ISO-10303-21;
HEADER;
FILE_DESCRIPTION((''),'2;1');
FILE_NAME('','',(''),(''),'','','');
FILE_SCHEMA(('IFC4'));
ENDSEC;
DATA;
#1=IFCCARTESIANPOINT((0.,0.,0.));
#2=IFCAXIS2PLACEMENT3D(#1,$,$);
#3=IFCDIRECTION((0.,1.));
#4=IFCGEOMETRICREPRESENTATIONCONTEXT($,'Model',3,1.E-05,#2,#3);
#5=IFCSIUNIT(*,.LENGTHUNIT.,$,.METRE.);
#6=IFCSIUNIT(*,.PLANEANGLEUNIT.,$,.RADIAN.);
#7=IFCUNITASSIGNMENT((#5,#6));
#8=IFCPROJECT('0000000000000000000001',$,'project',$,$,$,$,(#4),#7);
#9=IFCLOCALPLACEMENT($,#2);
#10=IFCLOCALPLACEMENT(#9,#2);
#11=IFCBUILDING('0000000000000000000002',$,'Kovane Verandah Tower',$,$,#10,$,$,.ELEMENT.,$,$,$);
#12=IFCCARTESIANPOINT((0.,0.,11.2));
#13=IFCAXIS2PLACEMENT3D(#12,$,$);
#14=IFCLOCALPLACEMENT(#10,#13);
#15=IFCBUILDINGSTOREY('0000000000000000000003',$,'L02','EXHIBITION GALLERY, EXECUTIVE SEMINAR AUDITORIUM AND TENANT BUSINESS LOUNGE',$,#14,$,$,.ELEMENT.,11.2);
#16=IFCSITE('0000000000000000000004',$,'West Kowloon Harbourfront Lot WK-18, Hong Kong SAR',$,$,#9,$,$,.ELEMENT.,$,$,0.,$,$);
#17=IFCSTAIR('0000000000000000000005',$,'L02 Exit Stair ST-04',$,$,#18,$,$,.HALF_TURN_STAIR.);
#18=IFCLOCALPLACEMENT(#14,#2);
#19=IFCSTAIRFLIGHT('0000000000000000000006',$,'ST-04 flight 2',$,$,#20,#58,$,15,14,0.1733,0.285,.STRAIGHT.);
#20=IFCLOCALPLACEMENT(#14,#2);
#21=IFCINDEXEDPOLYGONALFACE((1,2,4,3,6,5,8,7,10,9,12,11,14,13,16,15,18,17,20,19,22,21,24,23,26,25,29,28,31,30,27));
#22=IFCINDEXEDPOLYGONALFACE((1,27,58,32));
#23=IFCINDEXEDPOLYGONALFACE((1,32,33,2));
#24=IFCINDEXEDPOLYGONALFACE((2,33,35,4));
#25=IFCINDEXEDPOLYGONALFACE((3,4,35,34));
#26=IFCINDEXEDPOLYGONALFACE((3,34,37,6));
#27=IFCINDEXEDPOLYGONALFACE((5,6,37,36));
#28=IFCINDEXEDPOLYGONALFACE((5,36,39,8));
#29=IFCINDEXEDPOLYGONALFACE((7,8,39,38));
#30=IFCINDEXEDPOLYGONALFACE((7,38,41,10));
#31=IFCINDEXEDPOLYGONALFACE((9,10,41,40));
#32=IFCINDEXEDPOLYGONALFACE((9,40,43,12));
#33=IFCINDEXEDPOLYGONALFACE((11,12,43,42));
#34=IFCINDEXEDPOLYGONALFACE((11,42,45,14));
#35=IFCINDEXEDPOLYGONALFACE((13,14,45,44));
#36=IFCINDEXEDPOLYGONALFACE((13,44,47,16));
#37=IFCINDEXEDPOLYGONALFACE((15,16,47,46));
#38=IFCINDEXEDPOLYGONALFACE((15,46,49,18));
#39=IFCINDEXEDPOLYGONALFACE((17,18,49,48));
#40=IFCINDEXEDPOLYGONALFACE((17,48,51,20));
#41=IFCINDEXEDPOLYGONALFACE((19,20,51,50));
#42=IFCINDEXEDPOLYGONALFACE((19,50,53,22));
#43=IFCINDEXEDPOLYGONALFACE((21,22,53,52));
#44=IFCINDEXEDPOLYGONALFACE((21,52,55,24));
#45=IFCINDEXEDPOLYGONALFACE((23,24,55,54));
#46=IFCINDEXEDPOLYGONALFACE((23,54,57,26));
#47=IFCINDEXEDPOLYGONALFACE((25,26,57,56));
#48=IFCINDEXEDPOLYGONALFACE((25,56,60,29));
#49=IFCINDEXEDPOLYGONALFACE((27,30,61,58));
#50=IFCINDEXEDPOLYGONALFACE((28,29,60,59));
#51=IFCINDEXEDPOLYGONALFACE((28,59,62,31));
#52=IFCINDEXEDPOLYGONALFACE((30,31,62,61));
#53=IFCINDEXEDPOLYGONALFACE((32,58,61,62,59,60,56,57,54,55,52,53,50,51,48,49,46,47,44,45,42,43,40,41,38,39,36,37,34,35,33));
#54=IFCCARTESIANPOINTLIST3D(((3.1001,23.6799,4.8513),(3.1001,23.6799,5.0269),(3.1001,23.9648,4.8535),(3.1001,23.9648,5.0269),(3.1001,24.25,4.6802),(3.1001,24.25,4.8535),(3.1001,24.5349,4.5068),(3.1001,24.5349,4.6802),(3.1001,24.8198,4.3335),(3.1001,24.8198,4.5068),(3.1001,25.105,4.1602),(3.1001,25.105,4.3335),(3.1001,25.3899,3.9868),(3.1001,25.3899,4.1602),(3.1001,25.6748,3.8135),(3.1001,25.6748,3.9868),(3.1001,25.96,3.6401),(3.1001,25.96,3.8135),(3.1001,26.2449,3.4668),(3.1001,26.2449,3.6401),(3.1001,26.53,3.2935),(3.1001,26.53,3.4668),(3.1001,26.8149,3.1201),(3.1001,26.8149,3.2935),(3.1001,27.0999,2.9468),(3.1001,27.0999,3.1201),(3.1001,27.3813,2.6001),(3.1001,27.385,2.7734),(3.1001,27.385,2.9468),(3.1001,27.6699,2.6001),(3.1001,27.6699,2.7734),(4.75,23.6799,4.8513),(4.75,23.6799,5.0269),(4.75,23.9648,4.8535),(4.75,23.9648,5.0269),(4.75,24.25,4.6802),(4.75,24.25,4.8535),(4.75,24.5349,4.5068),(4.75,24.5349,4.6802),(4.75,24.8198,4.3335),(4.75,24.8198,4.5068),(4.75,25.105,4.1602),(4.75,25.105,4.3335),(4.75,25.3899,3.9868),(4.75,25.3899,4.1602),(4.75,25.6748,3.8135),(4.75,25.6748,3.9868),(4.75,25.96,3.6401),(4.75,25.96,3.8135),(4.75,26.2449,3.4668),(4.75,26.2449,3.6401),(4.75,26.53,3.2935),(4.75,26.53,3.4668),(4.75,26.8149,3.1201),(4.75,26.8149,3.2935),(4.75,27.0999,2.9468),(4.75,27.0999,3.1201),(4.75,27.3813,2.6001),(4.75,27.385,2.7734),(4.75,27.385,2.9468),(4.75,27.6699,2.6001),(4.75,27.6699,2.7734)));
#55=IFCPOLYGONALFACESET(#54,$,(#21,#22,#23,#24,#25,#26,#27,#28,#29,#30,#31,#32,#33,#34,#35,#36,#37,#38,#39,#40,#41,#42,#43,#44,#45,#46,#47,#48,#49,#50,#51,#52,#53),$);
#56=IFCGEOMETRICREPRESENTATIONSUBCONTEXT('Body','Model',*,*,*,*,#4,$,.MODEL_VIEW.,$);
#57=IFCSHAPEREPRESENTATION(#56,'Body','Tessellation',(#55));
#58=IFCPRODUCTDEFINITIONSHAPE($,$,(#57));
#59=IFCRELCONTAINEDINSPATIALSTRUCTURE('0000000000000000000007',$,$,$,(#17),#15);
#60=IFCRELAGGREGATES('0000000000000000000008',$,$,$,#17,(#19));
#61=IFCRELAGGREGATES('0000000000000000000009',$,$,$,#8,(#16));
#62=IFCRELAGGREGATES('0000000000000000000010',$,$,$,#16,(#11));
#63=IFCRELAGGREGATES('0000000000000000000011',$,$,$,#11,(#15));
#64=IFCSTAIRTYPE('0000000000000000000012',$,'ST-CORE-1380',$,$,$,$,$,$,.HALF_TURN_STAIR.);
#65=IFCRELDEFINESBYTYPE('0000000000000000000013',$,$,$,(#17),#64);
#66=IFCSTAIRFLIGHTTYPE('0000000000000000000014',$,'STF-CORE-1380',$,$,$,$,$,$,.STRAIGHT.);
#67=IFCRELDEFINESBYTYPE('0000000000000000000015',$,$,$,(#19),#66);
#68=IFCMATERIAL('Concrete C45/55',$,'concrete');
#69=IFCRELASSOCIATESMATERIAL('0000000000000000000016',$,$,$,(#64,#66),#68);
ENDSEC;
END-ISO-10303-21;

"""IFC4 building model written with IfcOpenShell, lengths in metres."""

from ifc_helpers import new_model, si_unit, direction, frame, origin, place, context, subcontext, project, spatial, polyline, outline, extrude, material, type_object, element, aggregate, save


model = new_model("IFC4")

# Units and contexts
model_context = context("Model", 3, precision=1e-05, world=origin(), true_north=direction((0.0, 1.0)))
body_context = subcontext(model_context, "Body", "Model", "MODEL_VIEW")
ifc_project = project(units=[si_unit("LENGTHUNIT", "METRE"), si_unit("PLANEANGLEUNIT", "RADIAN")], contexts=[model_context])

# Site, building, storey
site_placement = place(None, origin())
site = spatial("IfcSite", under=ifc_project, at=site_placement, Name="West Kowloon Harbourfront Lot WK-18, Hong Kong SAR", CompositionType="ELEMENT", RefElevation=0.0)
building_placement = place(site_placement, origin())
building = spatial("IfcBuilding", under=site, at=building_placement, Name="Kovane Verandah Tower", CompositionType="ELEMENT")
storey_placement = place(building_placement, frame((0.0, 0.0, 11.2)))
storey = spatial("IfcBuildingStorey", under=building, at=storey_placement, Name="L02", Description="EXHIBITION GALLERY, EXECUTIVE SEMINAR AUDITORIUM AND TENANT BUSINESS LOUNGE", CompositionType="ELEMENT", Elevation=11.2)

# Shared definitions
ifc_material_1 = material(Name="Concrete C45/55", Category="concrete")

# Stair, stair flight
stair_type = type_object("IfcStairType", Name="ST-CORE-1380", PredefinedType="HALF_TURN_STAIR", material=ifc_material_1)
stair_placement = place(storey_placement, origin())
stair = element("IfcStair", 1, at=stair_placement, inside=storey, type_object=stair_type, Name="L02 Exit Stair ST-04", PredefinedType="HALF_TURN_STAIR")
stair_flight_type = type_object("IfcStairFlightType", Name="STF-CORE-1380", PredefinedType="STRAIGHT", material=ifc_material_1)
stair_flight_placement = place(storey_placement, frame((3.925, 27.6699, 2.6001), z_axis=(0.0, 0.0, 1.0), x_axis=(0.0, -1.0, 0.0)))
stair_flight = element("IfcStairFlight", 2, at=stair_flight_placement, type_object=stair_flight_type, Name="ST-04 flight 2", NumberOfRisers=15, NumberOfTreads=14, PredefinedType="STRAIGHT", RiserHeight=0.1733, TreadLength=0.285, context=body_context, shape_type="SweptSolid", body=[
    extrude(outline(polyline([(0.0, 0.0), (0.0, 0.1733), (0.2849, 0.1733), (0.2849, 0.3467), (0.5701, 0.3467), (0.5701, 0.52), (0.855, 0.52), (0.855, 0.6934), (1.1399, 0.6934), (1.1399, 0.8667), (1.425, 0.8667), (1.425, 1.04), (1.71, 1.04), (1.71, 1.2134), (1.9951, 1.2134), (1.9951, 1.3867), (2.28, 1.3867), (2.28, 1.5601), (2.5649, 1.5601), (2.5649, 1.7334), (2.8501, 1.7334), (2.8501, 1.9067), (3.135, 1.9067), (3.135, 2.0801), (3.4199, 2.0801), (3.4199, 2.2534), (3.7051, 2.2534), (3.7051, 2.4268), (3.99, 2.4268), (3.99, 2.6001), (3.99, 2.2512), (0.2886, 0.0), (0.0, 0.0)])), frame((0.0, 0.825, 0.0), z_axis=(0.0, -1.0, 0.0), x_axis=(1.0, 0.0, 0.0)), (0.0, 0.0, 1.0), 1.6499),
])
aggregate(stair, [stair_flight])

save(model, "model.ifc")
